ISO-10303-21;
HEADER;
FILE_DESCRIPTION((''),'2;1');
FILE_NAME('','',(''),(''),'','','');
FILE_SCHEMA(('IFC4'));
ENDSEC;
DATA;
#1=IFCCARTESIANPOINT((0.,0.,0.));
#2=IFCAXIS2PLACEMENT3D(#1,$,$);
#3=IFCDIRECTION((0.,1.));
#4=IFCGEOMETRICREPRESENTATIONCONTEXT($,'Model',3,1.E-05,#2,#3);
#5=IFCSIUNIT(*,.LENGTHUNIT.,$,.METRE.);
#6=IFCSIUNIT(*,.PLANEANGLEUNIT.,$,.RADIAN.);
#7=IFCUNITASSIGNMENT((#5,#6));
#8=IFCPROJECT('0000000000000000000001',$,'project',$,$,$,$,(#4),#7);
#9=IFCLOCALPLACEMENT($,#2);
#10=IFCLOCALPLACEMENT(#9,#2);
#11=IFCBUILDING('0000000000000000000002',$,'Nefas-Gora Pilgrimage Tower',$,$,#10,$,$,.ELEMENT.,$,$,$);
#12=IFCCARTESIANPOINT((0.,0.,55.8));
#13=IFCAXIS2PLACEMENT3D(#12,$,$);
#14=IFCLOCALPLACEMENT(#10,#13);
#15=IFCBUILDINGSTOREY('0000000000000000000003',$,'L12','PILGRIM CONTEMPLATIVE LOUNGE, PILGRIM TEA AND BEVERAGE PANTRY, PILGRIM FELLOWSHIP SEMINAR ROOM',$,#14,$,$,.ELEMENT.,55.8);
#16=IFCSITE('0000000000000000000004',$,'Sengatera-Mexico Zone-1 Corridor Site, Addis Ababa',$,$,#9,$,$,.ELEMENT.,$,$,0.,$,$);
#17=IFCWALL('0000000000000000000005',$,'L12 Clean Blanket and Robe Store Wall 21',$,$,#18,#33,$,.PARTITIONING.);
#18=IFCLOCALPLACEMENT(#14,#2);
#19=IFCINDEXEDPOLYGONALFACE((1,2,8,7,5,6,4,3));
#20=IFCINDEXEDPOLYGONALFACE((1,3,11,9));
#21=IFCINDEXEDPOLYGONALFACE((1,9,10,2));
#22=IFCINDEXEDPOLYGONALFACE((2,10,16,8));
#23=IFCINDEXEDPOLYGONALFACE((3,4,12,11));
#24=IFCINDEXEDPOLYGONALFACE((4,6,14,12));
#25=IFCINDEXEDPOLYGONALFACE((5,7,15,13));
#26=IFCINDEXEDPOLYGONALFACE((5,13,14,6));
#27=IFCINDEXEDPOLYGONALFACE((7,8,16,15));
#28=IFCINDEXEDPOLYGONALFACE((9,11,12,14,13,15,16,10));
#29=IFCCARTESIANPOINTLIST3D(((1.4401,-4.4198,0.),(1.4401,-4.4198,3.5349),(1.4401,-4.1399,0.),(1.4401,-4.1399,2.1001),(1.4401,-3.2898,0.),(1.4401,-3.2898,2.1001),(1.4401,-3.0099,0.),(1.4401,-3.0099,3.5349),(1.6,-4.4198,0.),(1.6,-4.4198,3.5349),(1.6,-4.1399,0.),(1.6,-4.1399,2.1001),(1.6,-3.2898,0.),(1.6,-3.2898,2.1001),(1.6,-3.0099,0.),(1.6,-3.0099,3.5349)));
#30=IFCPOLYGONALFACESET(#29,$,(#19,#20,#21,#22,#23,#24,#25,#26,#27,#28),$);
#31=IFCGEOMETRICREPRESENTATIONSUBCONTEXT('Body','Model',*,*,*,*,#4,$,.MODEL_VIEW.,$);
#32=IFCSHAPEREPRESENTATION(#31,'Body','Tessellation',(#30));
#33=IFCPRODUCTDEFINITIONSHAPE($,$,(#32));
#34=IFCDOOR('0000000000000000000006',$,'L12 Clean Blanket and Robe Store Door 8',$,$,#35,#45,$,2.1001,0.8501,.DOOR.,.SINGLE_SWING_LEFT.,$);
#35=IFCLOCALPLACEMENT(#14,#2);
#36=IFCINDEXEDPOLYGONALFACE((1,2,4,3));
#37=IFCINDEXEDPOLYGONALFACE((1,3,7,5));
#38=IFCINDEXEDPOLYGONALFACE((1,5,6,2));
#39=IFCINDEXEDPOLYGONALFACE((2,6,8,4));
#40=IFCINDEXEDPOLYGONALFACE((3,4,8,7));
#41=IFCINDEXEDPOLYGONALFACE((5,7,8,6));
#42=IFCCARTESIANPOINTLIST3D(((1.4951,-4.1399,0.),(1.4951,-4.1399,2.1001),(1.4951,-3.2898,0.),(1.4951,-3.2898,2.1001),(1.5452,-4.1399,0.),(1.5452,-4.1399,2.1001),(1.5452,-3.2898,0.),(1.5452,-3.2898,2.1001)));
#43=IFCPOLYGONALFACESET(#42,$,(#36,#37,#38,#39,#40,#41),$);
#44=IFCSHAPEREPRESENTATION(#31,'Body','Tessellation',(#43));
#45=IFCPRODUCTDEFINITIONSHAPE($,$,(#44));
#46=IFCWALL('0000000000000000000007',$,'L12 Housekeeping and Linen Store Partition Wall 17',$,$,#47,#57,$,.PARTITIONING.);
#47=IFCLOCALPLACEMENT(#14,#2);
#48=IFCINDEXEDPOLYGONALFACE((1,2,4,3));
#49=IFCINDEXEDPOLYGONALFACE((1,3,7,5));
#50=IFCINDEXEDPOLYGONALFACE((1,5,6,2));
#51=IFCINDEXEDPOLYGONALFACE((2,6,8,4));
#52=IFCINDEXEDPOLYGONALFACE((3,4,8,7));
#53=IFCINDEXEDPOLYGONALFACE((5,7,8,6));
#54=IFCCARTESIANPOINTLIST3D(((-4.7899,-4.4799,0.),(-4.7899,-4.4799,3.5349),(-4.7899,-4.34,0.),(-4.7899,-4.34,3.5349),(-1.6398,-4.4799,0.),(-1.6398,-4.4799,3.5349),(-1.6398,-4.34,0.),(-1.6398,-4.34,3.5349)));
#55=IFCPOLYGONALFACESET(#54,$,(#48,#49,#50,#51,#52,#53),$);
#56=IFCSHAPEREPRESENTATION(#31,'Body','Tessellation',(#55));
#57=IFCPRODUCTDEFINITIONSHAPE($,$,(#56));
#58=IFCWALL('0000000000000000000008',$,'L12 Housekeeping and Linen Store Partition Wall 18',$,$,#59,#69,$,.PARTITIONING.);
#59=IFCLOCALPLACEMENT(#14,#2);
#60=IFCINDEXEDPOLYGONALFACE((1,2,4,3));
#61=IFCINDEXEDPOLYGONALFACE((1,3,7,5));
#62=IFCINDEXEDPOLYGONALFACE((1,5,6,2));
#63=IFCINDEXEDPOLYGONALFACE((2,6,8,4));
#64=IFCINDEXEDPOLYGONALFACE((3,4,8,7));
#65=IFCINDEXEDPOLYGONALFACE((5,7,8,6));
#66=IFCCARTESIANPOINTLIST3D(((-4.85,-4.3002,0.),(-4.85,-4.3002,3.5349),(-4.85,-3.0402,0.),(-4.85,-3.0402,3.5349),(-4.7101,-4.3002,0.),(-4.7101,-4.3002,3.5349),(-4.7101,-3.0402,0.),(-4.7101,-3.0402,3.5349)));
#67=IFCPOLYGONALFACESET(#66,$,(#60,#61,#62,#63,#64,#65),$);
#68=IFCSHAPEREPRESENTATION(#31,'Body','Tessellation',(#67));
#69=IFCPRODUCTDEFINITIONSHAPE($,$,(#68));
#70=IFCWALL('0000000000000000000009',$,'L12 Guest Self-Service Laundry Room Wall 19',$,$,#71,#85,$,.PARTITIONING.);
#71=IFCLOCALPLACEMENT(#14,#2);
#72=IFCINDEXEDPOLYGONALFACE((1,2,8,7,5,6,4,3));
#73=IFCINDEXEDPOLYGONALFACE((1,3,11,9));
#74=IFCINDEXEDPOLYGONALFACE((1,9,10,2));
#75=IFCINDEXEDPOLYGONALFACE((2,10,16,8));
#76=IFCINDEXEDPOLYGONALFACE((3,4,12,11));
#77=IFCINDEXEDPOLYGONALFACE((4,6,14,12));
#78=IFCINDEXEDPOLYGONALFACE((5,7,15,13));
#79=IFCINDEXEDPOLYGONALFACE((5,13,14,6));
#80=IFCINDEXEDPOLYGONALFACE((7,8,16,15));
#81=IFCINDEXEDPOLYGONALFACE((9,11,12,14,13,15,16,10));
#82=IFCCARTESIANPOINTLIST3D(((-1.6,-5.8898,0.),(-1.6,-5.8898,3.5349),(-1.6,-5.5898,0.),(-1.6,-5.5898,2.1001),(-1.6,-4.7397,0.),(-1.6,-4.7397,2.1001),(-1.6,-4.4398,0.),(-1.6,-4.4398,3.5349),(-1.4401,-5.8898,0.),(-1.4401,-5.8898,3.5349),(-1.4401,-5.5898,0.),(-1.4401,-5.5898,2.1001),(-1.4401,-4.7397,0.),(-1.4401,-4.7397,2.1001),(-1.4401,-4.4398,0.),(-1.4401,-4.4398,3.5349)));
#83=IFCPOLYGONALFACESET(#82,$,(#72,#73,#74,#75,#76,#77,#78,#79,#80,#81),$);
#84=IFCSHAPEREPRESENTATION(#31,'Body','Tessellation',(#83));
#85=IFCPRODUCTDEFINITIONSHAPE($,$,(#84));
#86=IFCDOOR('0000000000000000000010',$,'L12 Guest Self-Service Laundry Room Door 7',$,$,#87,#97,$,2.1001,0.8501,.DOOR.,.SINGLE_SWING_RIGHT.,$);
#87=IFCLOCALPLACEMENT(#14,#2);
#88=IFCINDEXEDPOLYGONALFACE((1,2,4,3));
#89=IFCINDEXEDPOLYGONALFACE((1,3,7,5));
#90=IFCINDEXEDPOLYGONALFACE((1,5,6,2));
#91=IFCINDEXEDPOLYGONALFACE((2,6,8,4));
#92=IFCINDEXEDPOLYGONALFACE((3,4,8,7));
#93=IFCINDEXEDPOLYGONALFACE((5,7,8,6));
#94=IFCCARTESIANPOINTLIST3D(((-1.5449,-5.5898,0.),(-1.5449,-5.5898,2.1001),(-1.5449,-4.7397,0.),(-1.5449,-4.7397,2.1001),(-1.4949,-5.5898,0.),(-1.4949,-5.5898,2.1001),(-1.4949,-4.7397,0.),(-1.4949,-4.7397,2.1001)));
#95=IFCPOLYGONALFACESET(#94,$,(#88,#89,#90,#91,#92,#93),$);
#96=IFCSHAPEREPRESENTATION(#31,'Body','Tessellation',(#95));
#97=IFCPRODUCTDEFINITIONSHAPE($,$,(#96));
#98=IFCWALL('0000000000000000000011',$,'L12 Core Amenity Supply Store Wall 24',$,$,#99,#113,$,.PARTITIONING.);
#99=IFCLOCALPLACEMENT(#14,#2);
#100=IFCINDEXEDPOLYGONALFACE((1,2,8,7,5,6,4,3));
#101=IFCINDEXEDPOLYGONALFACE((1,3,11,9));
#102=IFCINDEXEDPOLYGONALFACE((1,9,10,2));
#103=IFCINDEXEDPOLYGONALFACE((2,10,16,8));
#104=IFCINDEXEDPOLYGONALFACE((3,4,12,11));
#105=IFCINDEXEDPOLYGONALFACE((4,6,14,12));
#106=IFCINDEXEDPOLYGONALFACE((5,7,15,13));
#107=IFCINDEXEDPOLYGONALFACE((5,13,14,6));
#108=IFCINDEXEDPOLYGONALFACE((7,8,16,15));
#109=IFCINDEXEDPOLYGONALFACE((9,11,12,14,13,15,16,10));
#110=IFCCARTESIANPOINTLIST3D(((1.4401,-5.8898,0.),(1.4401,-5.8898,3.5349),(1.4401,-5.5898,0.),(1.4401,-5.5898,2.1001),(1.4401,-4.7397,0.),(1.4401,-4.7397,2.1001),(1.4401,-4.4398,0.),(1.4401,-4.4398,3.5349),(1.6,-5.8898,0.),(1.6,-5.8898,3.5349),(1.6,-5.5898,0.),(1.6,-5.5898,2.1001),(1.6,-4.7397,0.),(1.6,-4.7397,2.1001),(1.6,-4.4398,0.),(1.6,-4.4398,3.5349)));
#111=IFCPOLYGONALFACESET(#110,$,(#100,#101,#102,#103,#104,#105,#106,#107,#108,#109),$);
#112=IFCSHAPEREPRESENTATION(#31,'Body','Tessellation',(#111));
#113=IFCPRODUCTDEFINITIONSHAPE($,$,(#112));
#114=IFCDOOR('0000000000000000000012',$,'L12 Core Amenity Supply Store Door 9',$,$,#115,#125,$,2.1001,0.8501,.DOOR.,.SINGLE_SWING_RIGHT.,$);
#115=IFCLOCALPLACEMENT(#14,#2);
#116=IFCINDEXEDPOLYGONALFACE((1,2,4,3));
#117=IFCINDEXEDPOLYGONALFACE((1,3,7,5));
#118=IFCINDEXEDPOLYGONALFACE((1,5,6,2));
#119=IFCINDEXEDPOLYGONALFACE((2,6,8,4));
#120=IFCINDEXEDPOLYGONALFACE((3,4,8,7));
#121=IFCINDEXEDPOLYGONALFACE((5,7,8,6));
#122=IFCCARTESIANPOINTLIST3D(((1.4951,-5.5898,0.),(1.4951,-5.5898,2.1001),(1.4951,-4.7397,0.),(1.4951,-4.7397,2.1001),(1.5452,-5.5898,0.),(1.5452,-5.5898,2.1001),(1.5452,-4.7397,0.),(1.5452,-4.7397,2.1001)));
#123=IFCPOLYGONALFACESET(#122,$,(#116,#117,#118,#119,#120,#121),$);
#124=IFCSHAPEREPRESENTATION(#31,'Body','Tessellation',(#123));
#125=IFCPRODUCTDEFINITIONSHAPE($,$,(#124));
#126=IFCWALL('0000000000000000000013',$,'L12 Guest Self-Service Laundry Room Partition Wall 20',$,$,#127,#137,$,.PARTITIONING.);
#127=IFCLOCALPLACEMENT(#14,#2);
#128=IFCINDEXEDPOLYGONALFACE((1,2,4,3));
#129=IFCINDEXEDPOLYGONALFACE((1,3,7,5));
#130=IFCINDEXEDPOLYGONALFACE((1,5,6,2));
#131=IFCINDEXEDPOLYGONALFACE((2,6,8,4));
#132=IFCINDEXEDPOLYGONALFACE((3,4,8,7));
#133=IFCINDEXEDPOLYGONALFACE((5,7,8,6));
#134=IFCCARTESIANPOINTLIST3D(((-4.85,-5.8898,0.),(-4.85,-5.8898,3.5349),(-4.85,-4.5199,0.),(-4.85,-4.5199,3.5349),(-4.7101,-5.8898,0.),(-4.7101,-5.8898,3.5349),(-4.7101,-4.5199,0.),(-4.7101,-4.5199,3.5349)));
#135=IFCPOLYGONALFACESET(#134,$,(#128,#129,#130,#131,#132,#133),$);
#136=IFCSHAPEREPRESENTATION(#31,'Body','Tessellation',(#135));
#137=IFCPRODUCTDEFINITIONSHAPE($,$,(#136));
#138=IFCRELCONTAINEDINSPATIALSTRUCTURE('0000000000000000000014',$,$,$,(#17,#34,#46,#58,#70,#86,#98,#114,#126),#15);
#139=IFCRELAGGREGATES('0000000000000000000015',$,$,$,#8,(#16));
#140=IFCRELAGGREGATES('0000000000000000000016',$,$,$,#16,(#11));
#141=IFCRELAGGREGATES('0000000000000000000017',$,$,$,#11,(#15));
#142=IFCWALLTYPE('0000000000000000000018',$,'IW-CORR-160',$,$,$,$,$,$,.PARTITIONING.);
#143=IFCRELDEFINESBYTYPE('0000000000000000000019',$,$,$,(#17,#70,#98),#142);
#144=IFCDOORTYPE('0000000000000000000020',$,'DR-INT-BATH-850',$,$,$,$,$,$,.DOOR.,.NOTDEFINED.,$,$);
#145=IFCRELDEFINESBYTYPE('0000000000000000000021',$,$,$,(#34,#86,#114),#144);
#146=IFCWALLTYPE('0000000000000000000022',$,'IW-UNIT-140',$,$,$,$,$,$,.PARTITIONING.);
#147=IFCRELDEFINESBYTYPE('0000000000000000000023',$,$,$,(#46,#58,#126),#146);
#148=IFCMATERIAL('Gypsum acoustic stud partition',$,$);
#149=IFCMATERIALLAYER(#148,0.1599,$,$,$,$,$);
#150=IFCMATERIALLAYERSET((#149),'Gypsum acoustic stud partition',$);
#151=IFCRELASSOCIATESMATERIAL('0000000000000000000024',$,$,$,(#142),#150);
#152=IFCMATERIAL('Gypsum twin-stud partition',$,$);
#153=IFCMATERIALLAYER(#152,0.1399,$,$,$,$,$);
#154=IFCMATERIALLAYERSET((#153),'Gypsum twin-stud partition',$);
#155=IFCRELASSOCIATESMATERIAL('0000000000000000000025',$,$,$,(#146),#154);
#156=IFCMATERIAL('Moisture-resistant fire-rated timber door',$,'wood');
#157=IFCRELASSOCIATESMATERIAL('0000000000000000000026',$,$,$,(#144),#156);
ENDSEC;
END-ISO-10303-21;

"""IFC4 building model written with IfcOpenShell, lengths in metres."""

from ifc_helpers import new_model, si_unit, direction, frame, frame_2d, origin, place, context, subcontext, project, spatial, rectangle, extrude, source, transform, mapped, material, layer, layer_set, type_object, element, fill, save


model = new_model("IFC4")

# Units and contexts
model_context = context("Model", 3, precision=1e-05, world=origin(), true_north=direction((0.0, 1.0)))
body_context = subcontext(model_context, "Body", "Model", "MODEL_VIEW")
ifc_project = project(units=[si_unit("LENGTHUNIT", "METRE"), si_unit("PLANEANGLEUNIT", "RADIAN")], contexts=[model_context])

# Site, building, storey
site_placement = place(None, origin())
site = spatial("IfcSite", under=ifc_project, at=site_placement, Name="Sengatera-Mexico Zone-1 Corridor Site, Addis Ababa", CompositionType="ELEMENT", RefElevation=0.0)
building_placement = place(site_placement, origin())
building = spatial("IfcBuilding", under=site, at=building_placement, Name="Nefas-Gora Pilgrimage Tower", CompositionType="ELEMENT")
storey_placement = place(building_placement, frame((0.0, 0.0, 55.8)))
storey = spatial("IfcBuildingStorey", under=building, at=storey_placement, Name="L12", Description="PILGRIM CONTEMPLATIVE LOUNGE, PILGRIM TEA AND BEVERAGE PANTRY, PILGRIM FELLOWSHIP SEMINAR ROOM", CompositionType="ELEMENT", Elevation=55.8)

# Shared definitions
ifc_material_1 = material(Name="Gypsum acoustic stud partition")
ifc_layer_1 = layer(ifc_material_1, 0.1599)
ifc_layer_set_1 = layer_set([ifc_layer_1], Name="Gypsum acoustic stud partition")
wall_type_1 = type_object("IfcWallType", Name="IW-CORR-160", PredefinedType="PARTITIONING", material=ifc_layer_set_1)
ifc_material_2 = material(Name="Gypsum twin-stud partition")
ifc_layer_2 = layer(ifc_material_2, 0.1399)
ifc_layer_set_2 = layer_set([ifc_layer_2], Name="Gypsum twin-stud partition")
wall_type_2 = type_object("IfcWallType", Name="IW-UNIT-140", PredefinedType="PARTITIONING", material=ifc_layer_set_2)

# Wall, opening, door
shared_shape_1 = source(origin(), body_context, "Body", "SweptSolid", [
    extrude(rectangle(XDim=1.4099, YDim=0.1599, at=frame_2d((0.7051, 0.0))), origin(), (0.0, 0.0, 1.0), 3.5349),
])
ifc_material_3 = material(Name="Moisture-resistant fire-rated timber door", Category="wood")
door_type = type_object("IfcDoorType", Name="DR-INT-BATH-850", OperationType="NOTDEFINED", PredefinedType="DOOR", material=ifc_material_3)
shared_shape_2 = source(origin(), body_context, "Body", "SweptSolid", [
    extrude(rectangle(XDim=0.8501, YDim=2.1001, at=frame_2d((0.425, 1.05))), frame((0.0, 0.0249, 0.0), z_axis=(0.0, -1.0, 0.0), x_axis=(1.0, 0.0, 0.0)), (0.0, 0.0, 1.0), 0.05),
])
wall_1_placement = place(storey_placement, frame((1.52, -4.4199, 0.0), z_axis=(0.0, 0.0, 1.0), x_axis=(0.0, 1.0, 0.0)))
wall_1 = element("IfcWall", 1, at=wall_1_placement, inside=storey, type_object=wall_type_1, Name="L12 Clean Blanket and Robe Store Wall 21", PredefinedType="PARTITIONING", context=body_context, shape_type="MappedRepresentation", body=[
    mapped(shared_shape_1, transform((0.0, 0.0, 0.0), x_axis=(1.0, 0.0, 0.0), y_axis=(0.0, 1.0, 0.0), z_axis=(0.0, 0.0, 1.0), scale=1.0)),
])
opening_1_placement = place(wall_1_placement, frame((0.28, 0.0, 0.0)))
opening_1 = element("IfcOpeningElement", 2, at=opening_1_placement, cuts=wall_1, PredefinedType="OPENING", context=body_context, shape_type="SweptSolid", body=[
    extrude(rectangle(XDim=0.8501, YDim=2.1001, at=frame_2d((0.425, 1.05))), frame((0.0, 0.0898, 0.0), z_axis=(0.0, -1.0, 0.0), x_axis=(1.0, 0.0, 0.0)), (0.0, 0.0, 1.0), 0.1799),
])
door_1_placement = place(opening_1_placement, origin())
door_1 = element("IfcDoor", 3, at=door_1_placement, inside=storey, type_object=door_type, Name="L12 Clean Blanket and Robe Store Door 8", OperationType="SINGLE_SWING_LEFT", OverallHeight=2.1001, OverallWidth=0.8501, PredefinedType="DOOR", context=body_context, shape_type="MappedRepresentation", body=[
    mapped(shared_shape_2, transform((0.0, 0.0, 0.0), x_axis=(1.0, 0.0, 0.0), y_axis=(0.0, 1.0, 0.0), z_axis=(0.0, 0.0, 1.0), scale=1.0)),
])
fill(opening_1, door_1)

# Walls
shared_shape_3 = source(origin(), body_context, "Body", "SweptSolid", [
    extrude(rectangle(XDim=3.1501, YDim=0.1399, at=frame_2d((1.5752, 0.0))), origin(), (0.0, 0.0, 1.0), 3.5349),
])
wall_2_placement = place(storey_placement, frame((-4.79, -4.4099, 0.0), z_axis=(0.0, 0.0, 1.0), x_axis=(1.0, 0.0, 0.0)))
element("IfcWall", 4, at=wall_2_placement, inside=storey, type_object=wall_type_2, Name="L12 Housekeeping and Linen Store Partition Wall 17", PredefinedType="PARTITIONING", context=body_context, shape_type="MappedRepresentation", body=[
    mapped(shared_shape_3, transform((0.0, 0.0, 0.0), x_axis=(1.0, 0.0, 0.0), y_axis=(0.0, 1.0, 0.0), z_axis=(0.0, 0.0, 1.0), scale=1.0)),
])
shared_shape_4 = source(origin(), body_context, "Body", "SweptSolid", [
    extrude(rectangle(XDim=1.26, YDim=0.1399, at=frame_2d((0.6299, 0.0))), origin(), (0.0, 0.0, 1.0), 3.5349),
])
wall_3_placement = place(storey_placement, frame((-4.78, -4.3, 0.0), z_axis=(0.0, 0.0, 1.0), x_axis=(0.0, 1.0, 0.0)))
element("IfcWall", 5, at=wall_3_placement, inside=storey, type_object=wall_type_2, Name="L12 Housekeeping and Linen Store Partition Wall 18", PredefinedType="PARTITIONING", context=body_context, shape_type="MappedRepresentation", body=[
    mapped(shared_shape_4, transform((0.0, 0.0, 0.0), x_axis=(1.0, 0.0, 0.0), y_axis=(0.0, 1.0, 0.0), z_axis=(0.0, 0.0, 1.0), scale=1.0)),
])

# Walls, openings, doors
shared_shape_5 = source(origin(), body_context, "Body", "SweptSolid", [
    extrude(rectangle(XDim=1.45, YDim=0.1599, at=frame_2d((0.7251, 0.0))), origin(), (0.0, 0.0, 1.0), 3.5349),
])
wall_4_placement = place(storey_placement, frame((-1.52, -5.8899, 0.0), z_axis=(0.0, 0.0, 1.0), x_axis=(0.0, 1.0, 0.0)))
wall_4 = element("IfcWall", 6, at=wall_4_placement, inside=storey, type_object=wall_type_1, Name="L12 Guest Self-Service Laundry Room Wall 19", PredefinedType="PARTITIONING", context=body_context, shape_type="MappedRepresentation", body=[
    mapped(shared_shape_5, transform((0.0, 0.0, 0.0), x_axis=(1.0, 0.0, 0.0), y_axis=(0.0, 1.0, 0.0), z_axis=(0.0, 0.0, 1.0), scale=1.0)),
])
opening_2_placement = place(wall_4_placement, frame((0.3, 0.0, 0.0)))
opening_2 = element("IfcOpeningElement", 7, at=opening_2_placement, cuts=wall_4, PredefinedType="OPENING", context=body_context, shape_type="SweptSolid", body=[
    extrude(rectangle(XDim=0.8501, YDim=2.1001, at=frame_2d((0.425, 1.05))), frame((0.0, 0.0898, 0.0), z_axis=(0.0, -1.0, 0.0), x_axis=(1.0, 0.0, 0.0)), (0.0, 0.0, 1.0), 0.1799),
])
door_2_placement = place(opening_2_placement, origin())
door_2 = element("IfcDoor", 8, at=door_2_placement, inside=storey, type_object=door_type, Name="L12 Guest Self-Service Laundry Room Door 7", OperationType="SINGLE_SWING_RIGHT", OverallHeight=2.1001, OverallWidth=0.8501, PredefinedType="DOOR", context=body_context, shape_type="MappedRepresentation", body=[
    mapped(shared_shape_2, transform((0.0, 0.0, 0.0), x_axis=(1.0, 0.0, 0.0), y_axis=(0.0, 1.0, 0.0), z_axis=(0.0, 0.0, 1.0), scale=1.0)),
])
fill(opening_2, door_2)
wall_5_placement = place(storey_placement, frame((1.52, -5.8899, 0.0), z_axis=(0.0, 0.0, 1.0), x_axis=(0.0, 1.0, 0.0)))
wall_5 = element("IfcWall", 9, at=wall_5_placement, inside=storey, type_object=wall_type_1, Name="L12 Core Amenity Supply Store Wall 24", PredefinedType="PARTITIONING", context=body_context, shape_type="MappedRepresentation", body=[
    mapped(shared_shape_5, transform((0.0, 0.0, 0.0), x_axis=(1.0, 0.0, 0.0), y_axis=(0.0, 1.0, 0.0), z_axis=(0.0, 0.0, 1.0), scale=1.0)),
])
opening_3_placement = place(wall_5_placement, frame((0.3, 0.0, 0.0)))
opening_3 = element("IfcOpeningElement", 10, at=opening_3_placement, cuts=wall_5, PredefinedType="OPENING", context=body_context, shape_type="SweptSolid", body=[
    extrude(rectangle(XDim=0.8501, YDim=2.1001, at=frame_2d((0.425, 1.05))), frame((0.0, 0.0898, 0.0), z_axis=(0.0, -1.0, 0.0), x_axis=(1.0, 0.0, 0.0)), (0.0, 0.0, 1.0), 0.1799),
])
door_3_placement = place(opening_3_placement, origin())
door_3 = element("IfcDoor", 11, at=door_3_placement, inside=storey, type_object=door_type, Name="L12 Core Amenity Supply Store Door 9", OperationType="SINGLE_SWING_RIGHT", OverallHeight=2.1001, OverallWidth=0.8501, PredefinedType="DOOR", context=body_context, shape_type="MappedRepresentation", body=[
    mapped(shared_shape_2, transform((0.0, 0.0, 0.0), x_axis=(1.0, 0.0, 0.0), y_axis=(0.0, 1.0, 0.0), z_axis=(0.0, 0.0, 1.0), scale=1.0)),
])
fill(opening_3, door_3)

# Wall
shared_shape_6 = source(origin(), body_context, "Body", "SweptSolid", [
    extrude(rectangle(XDim=1.3699, YDim=0.1399, at=frame_2d((0.6851, 0.0))), origin(), (0.0, 0.0, 1.0), 3.5349),
])
wall_6_placement = place(storey_placement, frame((-4.78, -5.8899, 0.0), z_axis=(0.0, 0.0, 1.0), x_axis=(0.0, 1.0, 0.0)))
element("IfcWall", 12, at=wall_6_placement, inside=storey, type_object=wall_type_2, Name="L12 Guest Self-Service Laundry Room Partition Wall 20", PredefinedType="PARTITIONING", context=body_context, shape_type="MappedRepresentation", body=[
    mapped(shared_shape_6, transform((0.0, 0.0, 0.0), x_axis=(1.0, 0.0, 0.0), y_axis=(0.0, 1.0, 0.0), z_axis=(0.0, 0.0, 1.0), scale=1.0)),
])

save(model, "model.ifc")
